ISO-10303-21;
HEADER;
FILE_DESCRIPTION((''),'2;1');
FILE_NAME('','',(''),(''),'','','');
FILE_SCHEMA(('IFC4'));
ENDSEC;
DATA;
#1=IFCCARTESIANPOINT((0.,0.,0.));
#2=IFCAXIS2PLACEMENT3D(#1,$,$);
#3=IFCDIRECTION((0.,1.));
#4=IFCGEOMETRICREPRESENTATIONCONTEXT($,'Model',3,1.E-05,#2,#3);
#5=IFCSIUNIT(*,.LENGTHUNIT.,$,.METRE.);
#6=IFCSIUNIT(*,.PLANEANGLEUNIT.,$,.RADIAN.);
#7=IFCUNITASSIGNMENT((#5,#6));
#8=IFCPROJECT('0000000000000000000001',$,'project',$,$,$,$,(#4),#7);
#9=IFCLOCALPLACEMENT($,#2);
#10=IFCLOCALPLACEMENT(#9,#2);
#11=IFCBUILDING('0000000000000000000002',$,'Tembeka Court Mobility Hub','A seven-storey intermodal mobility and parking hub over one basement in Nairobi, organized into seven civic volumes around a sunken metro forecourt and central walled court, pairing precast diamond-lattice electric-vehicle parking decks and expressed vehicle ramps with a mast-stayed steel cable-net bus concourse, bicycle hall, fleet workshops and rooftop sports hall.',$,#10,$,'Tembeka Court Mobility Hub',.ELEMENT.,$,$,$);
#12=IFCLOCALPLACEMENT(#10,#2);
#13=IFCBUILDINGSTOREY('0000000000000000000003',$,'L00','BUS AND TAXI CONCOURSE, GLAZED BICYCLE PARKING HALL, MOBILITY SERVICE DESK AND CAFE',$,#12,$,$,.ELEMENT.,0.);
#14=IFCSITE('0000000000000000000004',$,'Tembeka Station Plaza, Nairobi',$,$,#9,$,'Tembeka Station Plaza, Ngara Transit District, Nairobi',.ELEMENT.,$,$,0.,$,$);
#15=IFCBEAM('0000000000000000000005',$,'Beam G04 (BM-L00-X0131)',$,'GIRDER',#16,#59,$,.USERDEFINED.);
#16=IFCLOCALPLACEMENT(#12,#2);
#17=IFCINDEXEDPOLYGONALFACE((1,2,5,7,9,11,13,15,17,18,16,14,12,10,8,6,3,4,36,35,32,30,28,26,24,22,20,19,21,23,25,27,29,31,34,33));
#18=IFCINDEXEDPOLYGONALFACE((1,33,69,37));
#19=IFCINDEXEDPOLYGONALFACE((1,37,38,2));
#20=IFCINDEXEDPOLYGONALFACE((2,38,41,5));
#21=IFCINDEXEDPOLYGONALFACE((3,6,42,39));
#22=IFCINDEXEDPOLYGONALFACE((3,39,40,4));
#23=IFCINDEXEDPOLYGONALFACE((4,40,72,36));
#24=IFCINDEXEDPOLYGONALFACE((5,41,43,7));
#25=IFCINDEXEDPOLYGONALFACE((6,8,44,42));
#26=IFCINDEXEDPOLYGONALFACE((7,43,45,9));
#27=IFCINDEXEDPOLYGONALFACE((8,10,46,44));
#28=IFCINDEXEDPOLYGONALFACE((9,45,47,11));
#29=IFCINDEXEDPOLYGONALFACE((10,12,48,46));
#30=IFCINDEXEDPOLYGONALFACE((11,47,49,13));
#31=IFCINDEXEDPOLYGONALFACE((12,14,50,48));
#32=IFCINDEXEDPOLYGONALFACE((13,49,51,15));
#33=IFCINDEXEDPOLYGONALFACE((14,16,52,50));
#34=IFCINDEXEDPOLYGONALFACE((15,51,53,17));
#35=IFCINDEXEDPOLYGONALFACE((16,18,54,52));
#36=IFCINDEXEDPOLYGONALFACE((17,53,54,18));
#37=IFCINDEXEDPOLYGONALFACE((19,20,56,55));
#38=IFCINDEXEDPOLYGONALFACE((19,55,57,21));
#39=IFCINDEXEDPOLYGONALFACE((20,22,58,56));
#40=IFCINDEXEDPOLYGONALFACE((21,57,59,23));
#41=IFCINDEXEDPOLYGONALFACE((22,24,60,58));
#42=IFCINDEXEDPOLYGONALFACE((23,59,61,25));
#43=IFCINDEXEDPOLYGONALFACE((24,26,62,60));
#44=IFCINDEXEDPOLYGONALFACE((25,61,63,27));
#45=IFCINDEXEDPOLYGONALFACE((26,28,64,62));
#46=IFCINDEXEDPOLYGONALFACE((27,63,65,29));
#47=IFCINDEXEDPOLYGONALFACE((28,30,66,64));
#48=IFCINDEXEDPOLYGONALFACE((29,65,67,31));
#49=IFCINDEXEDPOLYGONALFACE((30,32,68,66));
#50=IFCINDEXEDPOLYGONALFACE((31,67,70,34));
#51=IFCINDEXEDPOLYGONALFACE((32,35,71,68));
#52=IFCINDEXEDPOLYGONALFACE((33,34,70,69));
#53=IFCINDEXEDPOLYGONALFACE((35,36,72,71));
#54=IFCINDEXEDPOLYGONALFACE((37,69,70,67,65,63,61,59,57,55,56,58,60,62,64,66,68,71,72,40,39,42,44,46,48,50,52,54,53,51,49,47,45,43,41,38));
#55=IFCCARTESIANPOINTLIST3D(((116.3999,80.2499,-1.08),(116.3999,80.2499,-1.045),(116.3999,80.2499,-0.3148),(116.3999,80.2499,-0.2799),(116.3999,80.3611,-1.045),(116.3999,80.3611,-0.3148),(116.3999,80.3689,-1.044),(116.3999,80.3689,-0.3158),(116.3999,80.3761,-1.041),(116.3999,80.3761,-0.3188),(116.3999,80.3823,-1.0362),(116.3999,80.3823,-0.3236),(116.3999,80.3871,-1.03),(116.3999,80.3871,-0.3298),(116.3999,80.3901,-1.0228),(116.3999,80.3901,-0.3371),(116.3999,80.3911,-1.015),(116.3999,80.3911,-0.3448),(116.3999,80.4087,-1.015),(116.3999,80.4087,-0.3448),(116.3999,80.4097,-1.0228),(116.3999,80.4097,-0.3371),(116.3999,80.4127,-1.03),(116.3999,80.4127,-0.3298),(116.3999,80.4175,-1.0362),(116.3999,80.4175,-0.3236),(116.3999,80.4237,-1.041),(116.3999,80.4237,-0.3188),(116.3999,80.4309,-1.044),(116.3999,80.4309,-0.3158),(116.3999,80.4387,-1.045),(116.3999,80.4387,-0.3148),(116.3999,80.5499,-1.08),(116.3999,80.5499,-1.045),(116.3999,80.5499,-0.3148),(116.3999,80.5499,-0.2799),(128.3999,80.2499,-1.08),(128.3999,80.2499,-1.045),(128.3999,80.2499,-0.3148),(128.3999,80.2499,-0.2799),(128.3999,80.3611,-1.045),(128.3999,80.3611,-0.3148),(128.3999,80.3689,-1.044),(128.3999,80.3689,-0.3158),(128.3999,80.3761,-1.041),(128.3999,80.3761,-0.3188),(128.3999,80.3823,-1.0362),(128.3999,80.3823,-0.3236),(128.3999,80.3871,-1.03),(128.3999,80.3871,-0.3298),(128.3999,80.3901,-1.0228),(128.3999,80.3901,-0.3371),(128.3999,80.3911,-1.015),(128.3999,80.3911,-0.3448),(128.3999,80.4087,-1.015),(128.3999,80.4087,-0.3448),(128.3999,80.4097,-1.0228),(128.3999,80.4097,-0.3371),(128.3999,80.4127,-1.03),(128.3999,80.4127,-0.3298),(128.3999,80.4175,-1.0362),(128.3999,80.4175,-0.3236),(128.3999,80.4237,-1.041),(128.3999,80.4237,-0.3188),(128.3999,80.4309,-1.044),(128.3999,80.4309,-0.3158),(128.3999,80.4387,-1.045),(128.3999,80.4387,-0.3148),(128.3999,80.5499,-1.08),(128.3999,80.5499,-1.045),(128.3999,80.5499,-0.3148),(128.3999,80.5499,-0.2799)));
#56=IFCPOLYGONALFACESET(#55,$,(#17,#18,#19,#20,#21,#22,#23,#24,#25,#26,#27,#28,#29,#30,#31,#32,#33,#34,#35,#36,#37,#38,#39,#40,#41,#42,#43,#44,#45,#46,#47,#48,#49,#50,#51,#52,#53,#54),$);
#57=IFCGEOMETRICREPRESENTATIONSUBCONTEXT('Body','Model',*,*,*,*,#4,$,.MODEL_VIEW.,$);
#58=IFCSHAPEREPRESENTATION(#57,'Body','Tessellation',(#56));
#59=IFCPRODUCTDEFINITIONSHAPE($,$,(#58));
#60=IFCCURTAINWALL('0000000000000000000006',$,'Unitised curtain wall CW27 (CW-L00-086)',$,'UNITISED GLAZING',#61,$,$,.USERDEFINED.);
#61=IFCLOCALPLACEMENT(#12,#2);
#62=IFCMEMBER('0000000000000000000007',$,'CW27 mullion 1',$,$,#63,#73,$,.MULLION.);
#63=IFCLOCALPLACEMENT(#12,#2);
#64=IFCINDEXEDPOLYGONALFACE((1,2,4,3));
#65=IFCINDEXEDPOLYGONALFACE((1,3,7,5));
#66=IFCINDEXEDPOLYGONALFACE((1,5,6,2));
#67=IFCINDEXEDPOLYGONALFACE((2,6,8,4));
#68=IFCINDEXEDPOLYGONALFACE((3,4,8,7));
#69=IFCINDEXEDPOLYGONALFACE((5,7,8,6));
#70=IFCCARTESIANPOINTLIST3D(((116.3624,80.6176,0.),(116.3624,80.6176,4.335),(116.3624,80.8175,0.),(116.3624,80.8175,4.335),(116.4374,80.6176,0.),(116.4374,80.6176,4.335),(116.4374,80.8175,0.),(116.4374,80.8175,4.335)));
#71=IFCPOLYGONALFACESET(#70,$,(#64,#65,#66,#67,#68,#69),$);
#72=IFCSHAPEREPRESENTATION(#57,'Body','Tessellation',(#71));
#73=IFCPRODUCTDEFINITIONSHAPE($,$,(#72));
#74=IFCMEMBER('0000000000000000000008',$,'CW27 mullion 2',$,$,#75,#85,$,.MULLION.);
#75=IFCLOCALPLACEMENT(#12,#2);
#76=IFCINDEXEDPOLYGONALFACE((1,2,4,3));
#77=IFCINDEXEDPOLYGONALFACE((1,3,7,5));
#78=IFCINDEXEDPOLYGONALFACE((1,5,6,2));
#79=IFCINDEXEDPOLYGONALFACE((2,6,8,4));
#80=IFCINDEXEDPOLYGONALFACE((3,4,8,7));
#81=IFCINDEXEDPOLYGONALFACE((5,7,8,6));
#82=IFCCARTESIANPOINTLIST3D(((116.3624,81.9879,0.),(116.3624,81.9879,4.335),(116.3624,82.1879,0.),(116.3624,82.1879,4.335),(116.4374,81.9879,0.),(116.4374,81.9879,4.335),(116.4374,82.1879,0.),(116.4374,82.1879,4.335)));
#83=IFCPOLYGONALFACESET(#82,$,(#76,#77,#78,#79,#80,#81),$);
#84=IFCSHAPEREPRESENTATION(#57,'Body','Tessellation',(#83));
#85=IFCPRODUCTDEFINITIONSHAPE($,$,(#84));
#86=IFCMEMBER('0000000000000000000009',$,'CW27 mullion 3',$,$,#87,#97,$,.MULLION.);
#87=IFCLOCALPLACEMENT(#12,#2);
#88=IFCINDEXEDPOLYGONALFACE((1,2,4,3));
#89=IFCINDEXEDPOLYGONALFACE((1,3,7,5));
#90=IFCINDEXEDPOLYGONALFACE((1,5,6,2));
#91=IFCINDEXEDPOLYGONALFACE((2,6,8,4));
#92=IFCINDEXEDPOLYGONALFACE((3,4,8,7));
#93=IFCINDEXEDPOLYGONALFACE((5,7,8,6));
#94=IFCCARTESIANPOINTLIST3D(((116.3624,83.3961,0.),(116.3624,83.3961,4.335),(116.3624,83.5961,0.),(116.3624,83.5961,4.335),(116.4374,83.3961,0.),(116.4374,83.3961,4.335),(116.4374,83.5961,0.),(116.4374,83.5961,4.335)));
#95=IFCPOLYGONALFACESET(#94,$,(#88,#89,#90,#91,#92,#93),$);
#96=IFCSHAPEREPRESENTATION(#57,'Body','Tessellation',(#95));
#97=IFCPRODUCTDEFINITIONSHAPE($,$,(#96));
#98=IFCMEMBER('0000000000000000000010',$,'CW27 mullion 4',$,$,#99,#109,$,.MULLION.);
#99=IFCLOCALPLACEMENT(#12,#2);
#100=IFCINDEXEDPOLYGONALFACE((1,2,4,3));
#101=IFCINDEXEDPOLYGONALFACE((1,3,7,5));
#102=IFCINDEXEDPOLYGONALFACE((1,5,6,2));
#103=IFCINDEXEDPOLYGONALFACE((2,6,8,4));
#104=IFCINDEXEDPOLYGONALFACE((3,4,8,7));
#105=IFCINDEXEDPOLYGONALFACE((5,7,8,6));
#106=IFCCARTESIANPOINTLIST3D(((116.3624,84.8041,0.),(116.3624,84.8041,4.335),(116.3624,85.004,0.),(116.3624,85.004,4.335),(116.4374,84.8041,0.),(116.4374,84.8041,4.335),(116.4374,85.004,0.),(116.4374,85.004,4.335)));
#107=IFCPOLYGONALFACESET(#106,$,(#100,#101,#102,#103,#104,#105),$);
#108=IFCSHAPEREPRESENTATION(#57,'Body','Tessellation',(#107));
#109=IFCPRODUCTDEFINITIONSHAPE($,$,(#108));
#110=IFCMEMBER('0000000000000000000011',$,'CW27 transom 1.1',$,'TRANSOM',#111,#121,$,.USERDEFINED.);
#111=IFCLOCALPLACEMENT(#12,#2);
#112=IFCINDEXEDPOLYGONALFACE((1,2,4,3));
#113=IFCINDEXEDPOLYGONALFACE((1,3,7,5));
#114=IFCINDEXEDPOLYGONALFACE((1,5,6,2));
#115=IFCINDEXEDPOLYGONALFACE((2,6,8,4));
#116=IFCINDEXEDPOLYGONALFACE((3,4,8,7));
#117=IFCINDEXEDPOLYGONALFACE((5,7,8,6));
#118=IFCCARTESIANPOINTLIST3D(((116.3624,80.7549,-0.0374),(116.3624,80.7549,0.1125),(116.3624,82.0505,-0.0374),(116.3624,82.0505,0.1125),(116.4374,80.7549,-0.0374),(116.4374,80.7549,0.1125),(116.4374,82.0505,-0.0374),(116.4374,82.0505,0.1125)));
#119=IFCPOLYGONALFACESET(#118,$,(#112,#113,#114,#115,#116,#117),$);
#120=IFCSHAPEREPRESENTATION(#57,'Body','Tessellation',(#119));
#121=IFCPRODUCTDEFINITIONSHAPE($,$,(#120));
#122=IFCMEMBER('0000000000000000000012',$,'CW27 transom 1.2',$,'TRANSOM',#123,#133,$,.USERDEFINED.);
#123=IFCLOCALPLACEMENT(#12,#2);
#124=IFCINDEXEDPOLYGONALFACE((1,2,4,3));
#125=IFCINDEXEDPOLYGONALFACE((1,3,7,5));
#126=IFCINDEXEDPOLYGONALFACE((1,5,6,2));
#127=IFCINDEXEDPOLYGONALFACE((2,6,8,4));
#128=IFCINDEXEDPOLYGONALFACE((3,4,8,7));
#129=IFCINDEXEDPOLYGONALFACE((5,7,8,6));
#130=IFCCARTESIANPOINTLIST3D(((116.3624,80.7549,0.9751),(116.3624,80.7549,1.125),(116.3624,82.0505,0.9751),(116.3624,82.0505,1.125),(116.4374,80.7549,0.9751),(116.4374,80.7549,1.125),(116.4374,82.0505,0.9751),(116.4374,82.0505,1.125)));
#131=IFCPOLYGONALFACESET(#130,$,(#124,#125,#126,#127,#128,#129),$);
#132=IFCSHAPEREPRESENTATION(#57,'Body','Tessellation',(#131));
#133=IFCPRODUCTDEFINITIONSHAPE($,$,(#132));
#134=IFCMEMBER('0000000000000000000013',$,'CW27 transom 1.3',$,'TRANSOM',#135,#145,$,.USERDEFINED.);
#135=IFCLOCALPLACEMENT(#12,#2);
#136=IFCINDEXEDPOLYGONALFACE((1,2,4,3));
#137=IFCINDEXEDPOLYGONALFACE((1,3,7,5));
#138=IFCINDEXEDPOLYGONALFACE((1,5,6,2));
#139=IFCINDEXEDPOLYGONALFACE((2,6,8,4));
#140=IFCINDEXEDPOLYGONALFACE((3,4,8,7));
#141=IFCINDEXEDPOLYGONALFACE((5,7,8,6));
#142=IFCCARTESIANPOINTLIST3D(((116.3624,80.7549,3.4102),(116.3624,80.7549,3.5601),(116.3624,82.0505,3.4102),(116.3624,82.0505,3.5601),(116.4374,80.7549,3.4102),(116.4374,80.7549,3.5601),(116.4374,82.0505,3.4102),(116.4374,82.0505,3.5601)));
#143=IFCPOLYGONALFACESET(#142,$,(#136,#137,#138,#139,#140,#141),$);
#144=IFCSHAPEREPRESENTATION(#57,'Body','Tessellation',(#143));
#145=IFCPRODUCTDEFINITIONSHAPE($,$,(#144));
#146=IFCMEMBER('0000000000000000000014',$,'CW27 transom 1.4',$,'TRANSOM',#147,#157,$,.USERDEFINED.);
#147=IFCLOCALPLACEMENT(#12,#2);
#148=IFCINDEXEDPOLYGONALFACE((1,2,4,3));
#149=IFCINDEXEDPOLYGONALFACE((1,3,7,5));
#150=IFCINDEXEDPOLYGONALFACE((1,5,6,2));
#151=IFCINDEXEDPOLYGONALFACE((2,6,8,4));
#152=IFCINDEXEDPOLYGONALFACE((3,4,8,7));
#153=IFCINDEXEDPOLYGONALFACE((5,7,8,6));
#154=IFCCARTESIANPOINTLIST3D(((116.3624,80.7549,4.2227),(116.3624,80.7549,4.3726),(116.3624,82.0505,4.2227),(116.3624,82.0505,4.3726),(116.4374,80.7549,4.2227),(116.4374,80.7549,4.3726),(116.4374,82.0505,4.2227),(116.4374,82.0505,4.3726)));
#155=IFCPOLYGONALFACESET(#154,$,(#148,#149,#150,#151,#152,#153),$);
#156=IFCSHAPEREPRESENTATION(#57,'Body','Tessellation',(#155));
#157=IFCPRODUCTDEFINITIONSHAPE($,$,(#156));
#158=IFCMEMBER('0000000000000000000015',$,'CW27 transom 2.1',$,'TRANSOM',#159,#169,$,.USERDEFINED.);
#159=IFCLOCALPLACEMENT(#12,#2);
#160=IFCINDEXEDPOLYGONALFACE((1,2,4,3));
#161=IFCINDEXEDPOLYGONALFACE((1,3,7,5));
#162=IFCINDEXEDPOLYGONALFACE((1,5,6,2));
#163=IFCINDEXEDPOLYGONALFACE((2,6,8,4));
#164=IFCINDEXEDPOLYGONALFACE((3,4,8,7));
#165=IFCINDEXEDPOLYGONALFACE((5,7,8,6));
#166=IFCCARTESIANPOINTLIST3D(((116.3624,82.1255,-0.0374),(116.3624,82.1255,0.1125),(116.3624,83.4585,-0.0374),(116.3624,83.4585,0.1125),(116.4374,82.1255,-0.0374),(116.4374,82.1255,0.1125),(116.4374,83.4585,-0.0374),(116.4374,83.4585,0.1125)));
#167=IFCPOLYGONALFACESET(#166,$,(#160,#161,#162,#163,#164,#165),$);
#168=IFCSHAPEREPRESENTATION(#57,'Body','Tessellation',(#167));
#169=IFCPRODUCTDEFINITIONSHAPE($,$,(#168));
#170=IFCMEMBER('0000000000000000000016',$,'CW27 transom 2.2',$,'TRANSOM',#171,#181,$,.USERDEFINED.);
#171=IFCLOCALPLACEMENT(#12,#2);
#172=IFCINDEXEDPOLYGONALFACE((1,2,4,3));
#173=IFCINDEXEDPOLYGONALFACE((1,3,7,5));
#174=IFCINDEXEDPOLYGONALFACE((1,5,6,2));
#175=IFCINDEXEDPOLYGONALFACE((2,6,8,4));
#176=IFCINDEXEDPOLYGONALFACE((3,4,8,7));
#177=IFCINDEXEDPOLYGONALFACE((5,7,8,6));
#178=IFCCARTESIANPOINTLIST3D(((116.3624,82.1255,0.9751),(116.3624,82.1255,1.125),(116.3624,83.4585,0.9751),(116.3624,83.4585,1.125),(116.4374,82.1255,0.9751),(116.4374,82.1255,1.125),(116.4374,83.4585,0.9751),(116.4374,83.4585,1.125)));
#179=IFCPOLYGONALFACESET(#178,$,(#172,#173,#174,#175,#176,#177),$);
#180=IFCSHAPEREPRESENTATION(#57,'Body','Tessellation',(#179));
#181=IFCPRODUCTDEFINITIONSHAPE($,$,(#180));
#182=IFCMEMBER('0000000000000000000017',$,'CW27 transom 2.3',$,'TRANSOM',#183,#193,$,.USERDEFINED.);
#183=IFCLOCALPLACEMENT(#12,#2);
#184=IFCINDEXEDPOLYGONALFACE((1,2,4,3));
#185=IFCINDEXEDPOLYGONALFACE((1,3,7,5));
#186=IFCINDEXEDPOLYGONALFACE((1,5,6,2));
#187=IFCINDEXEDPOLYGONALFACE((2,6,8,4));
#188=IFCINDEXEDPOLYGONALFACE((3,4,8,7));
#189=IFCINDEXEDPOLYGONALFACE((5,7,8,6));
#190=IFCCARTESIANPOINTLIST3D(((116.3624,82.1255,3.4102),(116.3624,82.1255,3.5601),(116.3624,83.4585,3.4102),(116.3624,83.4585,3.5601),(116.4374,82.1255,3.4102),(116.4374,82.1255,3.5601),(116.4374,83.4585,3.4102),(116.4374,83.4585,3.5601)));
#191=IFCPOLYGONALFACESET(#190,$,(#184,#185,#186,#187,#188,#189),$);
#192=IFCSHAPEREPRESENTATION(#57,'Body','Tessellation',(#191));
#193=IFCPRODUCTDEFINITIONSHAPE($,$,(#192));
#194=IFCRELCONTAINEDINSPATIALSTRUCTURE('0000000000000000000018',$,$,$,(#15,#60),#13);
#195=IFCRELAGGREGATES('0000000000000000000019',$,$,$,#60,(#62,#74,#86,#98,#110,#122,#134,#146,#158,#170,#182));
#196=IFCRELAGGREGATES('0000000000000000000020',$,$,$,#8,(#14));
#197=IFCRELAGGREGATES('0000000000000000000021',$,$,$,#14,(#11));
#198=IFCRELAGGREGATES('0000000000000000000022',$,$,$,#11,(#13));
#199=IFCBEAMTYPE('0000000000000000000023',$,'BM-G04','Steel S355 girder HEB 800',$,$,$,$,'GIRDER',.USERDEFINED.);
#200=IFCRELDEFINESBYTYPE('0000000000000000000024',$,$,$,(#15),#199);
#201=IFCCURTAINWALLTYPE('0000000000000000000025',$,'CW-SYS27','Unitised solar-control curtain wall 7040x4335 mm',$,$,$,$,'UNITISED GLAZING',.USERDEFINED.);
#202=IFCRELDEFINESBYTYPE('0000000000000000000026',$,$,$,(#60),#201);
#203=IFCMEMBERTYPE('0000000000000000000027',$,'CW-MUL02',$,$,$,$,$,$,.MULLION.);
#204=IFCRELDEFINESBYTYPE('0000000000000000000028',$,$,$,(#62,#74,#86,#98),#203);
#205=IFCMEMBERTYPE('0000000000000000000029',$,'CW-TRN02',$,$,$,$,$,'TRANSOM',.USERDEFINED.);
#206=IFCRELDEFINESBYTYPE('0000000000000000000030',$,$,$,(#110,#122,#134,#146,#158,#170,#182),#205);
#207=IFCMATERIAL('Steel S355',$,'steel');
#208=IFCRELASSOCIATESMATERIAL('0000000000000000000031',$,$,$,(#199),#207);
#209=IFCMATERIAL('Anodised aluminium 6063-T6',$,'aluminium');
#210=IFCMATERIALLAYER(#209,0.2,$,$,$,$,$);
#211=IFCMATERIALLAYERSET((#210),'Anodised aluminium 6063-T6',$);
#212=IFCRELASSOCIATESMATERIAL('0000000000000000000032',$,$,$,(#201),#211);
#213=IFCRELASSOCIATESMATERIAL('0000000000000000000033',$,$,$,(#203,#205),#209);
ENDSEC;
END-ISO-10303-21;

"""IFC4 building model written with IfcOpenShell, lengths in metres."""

from ifc_helpers import new_model, si_unit, direction, frame, origin, origin_2d, place, context, subcontext, project, spatial, rectangle, i_section, extrude, material, layer, layer_set, material_profile, profile_set, type_object, element, aggregate, save


model = new_model("IFC4")

# Units and contexts
model_context = context("Model", 3, precision=1e-05, world=origin(), true_north=direction((0.0, 1.0)))
body_context = subcontext(model_context, "Body", "Model", "MODEL_VIEW")
ifc_project = project(units=[si_unit("LENGTHUNIT", "METRE"), si_unit("PLANEANGLEUNIT", "RADIAN")], contexts=[model_context])

# Site, building, storey
site_placement = place(None, origin())
site = spatial("IfcSite", under=ifc_project, at=site_placement, Name="Tembeka Station Plaza, Nairobi", LongName="Tembeka Station Plaza, Ngara Transit District, Nairobi", CompositionType="ELEMENT", RefElevation=0.0)
building_placement = place(site_placement, origin())
building = spatial("IfcBuilding", under=site, at=building_placement, Name="Tembeka Court Mobility Hub", Description="A seven-storey intermodal mobility and parking hub over one basement in Nairobi, organized into seven civic volumes around a sunken metro forecourt and central walled court, pairing precast diamond-lattice electric-vehicle parking decks and expressed vehicle ramps with a mast-stayed steel cable-net bus concourse, bicycle hall, fleet workshops and rooftop sports hall.", LongName="Tembeka Court Mobility Hub", CompositionType="ELEMENT")
storey_placement = place(building_placement, origin())
storey = spatial("IfcBuildingStorey", under=building, at=storey_placement, Name="L00", Description="BUS AND TAXI CONCOURSE, GLAZED BICYCLE PARKING HALL, MOBILITY SERVICE DESK AND CAFE", CompositionType="ELEMENT", Elevation=0.0)

# Shared definitions
ifc_material_1 = material(Name="Steel S355", Category="steel")

# Beam
ifc_material_profile_1 = material_profile(ifc_material_1, i_section(OverallWidth=0.3, OverallDepth=0.8, WebThickness=0.0176, FlangeThickness=0.0349, FilletRadius=0.03, at=origin_2d()), Name="HEB 800")
ifc_profile_set_1 = profile_set([ifc_material_profile_1], Name="Steel S355")
beam_type_1 = type_object("IfcBeamType", Name="BM-G04", Description="Steel S355 girder HEB 800", ElementType="GIRDER", PredefinedType="USERDEFINED", material=ifc_profile_set_1)
beam_1_placement = place(storey_placement, frame((116.3999, 80.3999, -0.6799), z_axis=(1.0, 0.0, 0.0), x_axis=(0.0, 1.0, 0.0)))
element("IfcBeam", 1, at=beam_1_placement, inside=storey, type_object=beam_type_1, Name="Beam G04 (BM-L00-X0131)", ObjectType="GIRDER", PredefinedType="USERDEFINED", context=body_context, shape_type="SweptSolid", body=[
    extrude(i_section(OverallWidth=0.3, OverallDepth=0.8, WebThickness=0.0176, FlangeThickness=0.0349, FilletRadius=0.03, at=origin_2d()), origin(), (0.0, 0.0, 1.0), 12.0),
])

# Curtain wall, members
ifc_material_2 = material(Name="Anodised aluminium 6063-T6", Category="aluminium")
ifc_layer_1 = layer(ifc_material_2, 0.2)
ifc_layer_set_1 = layer_set([ifc_layer_1], Name="Anodised aluminium 6063-T6")
curtain_wall_type = type_object("IfcCurtainWallType", Name="CW-SYS27", Description="Unitised solar-control curtain wall 7040x4335 mm", ElementType="UNITISED GLAZING", PredefinedType="USERDEFINED", material=ifc_layer_set_1)
curtain_wall_placement = place(storey_placement, origin())
curtain_wall = element("IfcCurtainWall", 2, at=curtain_wall_placement, inside=storey, type_object=curtain_wall_type, Name="Unitised curtain wall CW27 (CW-L00-086)", ObjectType="UNITISED GLAZING", PredefinedType="USERDEFINED")
ifc_material_profile_2 = material_profile(ifc_material_2, rectangle(XDim=0.075, YDim=0.2, at=origin_2d()), Name="ALU-MUL 75x200")
ifc_profile_set_2 = profile_set([ifc_material_profile_2], Name="Anodised aluminium 6063-T6")
member_type_1 = type_object("IfcMemberType", Name="CW-MUL02", PredefinedType="MULLION", material=ifc_profile_set_2)
member_1_placement = place(storey_placement, frame((116.3999, 80.7175, 0.0), z_axis=(0.0, 0.0, 1.0), x_axis=(-1.0, 0.0, 0.0)))
member_1 = element("IfcMember", 3, at=member_1_placement, type_object=member_type_1, Name="CW27 mullion 1", PredefinedType="MULLION", context=body_context, shape_type="SweptSolid", body=[
    extrude(rectangle(XDim=0.075, YDim=0.2, at=origin_2d()), origin(), (0.0, 0.0, 1.0), 4.335),
])
member_2_placement = place(storey_placement, frame((116.3999, 82.0879, 0.0), z_axis=(0.0, 0.0, 1.0), x_axis=(-1.0, 0.0, 0.0)))
member_2 = element("IfcMember", 4, at=member_2_placement, type_object=member_type_1, Name="CW27 mullion 2", PredefinedType="MULLION", context=body_context, shape_type="SweptSolid", body=[
    extrude(rectangle(XDim=0.075, YDim=0.2, at=origin_2d()), origin(), (0.0, 0.0, 1.0), 4.335),
])
member_3_placement = place(storey_placement, frame((116.3999, 83.4961, 0.0), z_axis=(0.0, 0.0, 1.0), x_axis=(-1.0, 0.0, 0.0)))
member_3 = element("IfcMember", 5, at=member_3_placement, type_object=member_type_1, Name="CW27 mullion 3", PredefinedType="MULLION", context=body_context, shape_type="SweptSolid", body=[
    extrude(rectangle(XDim=0.075, YDim=0.2, at=origin_2d()), origin(), (0.0, 0.0, 1.0), 4.335),
])
member_4_placement = place(storey_placement, frame((116.3999, 84.9041, 0.0), z_axis=(0.0, 0.0, 1.0), x_axis=(-1.0, 0.0, 0.0)))
member_4 = element("IfcMember", 6, at=member_4_placement, type_object=member_type_1, Name="CW27 mullion 4", PredefinedType="MULLION", context=body_context, shape_type="SweptSolid", body=[
    extrude(rectangle(XDim=0.075, YDim=0.2, at=origin_2d()), origin(), (0.0, 0.0, 1.0), 4.335),
])
ifc_material_profile_3 = material_profile(ifc_material_2, rectangle(XDim=0.075, YDim=0.1499, at=origin_2d()), Name="ALU-TRN 75x150")
ifc_profile_set_3 = profile_set([ifc_material_profile_3], Name="Anodised aluminium 6063-T6")
member_type_2 = type_object("IfcMemberType", Name="CW-TRN02", ElementType="TRANSOM", PredefinedType="USERDEFINED", material=ifc_profile_set_3)
member_5_placement = place(storey_placement, frame((116.3999, 80.7549, 0.0376), z_axis=(0.0, 1.0, 0.0), x_axis=(-1.0, 0.0, 0.0)))
member_5 = element("IfcMember", 7, at=member_5_placement, type_object=member_type_2, Name="CW27 transom 1.1", ObjectType="TRANSOM", PredefinedType="USERDEFINED", context=body_context, shape_type="SweptSolid", body=[
    extrude(rectangle(XDim=0.075, YDim=0.1499, at=origin_2d()), origin(), (0.0, 0.0, 1.0), 1.2957),
])
member_6_placement = place(storey_placement, frame((116.3999, 80.7549, 1.05), z_axis=(0.0, 1.0, 0.0), x_axis=(-1.0, 0.0, 0.0)))
member_6 = element("IfcMember", 8, at=member_6_placement, type_object=member_type_2, Name="CW27 transom 1.2", ObjectType="TRANSOM", PredefinedType="USERDEFINED", context=body_context, shape_type="SweptSolid", body=[
    extrude(rectangle(XDim=0.075, YDim=0.1499, at=origin_2d()), origin(), (0.0, 0.0, 1.0), 1.2957),
])
member_7_placement = place(storey_placement, frame((116.3999, 80.7549, 3.4851), z_axis=(0.0, 1.0, 0.0), x_axis=(-1.0, 0.0, 0.0)))
member_7 = element("IfcMember", 9, at=member_7_placement, type_object=member_type_2, Name="CW27 transom 1.3", ObjectType="TRANSOM", PredefinedType="USERDEFINED", context=body_context, shape_type="SweptSolid", body=[
    extrude(rectangle(XDim=0.075, YDim=0.1499, at=origin_2d()), origin(), (0.0, 0.0, 1.0), 1.2957),
])
member_8_placement = place(storey_placement, frame((116.3999, 80.7549, 4.2976), z_axis=(0.0, 1.0, 0.0), x_axis=(-1.0, 0.0, 0.0)))
member_8 = element("IfcMember", 10, at=member_8_placement, type_object=member_type_2, Name="CW27 transom 1.4", ObjectType="TRANSOM", PredefinedType="USERDEFINED", context=body_context, shape_type="SweptSolid", body=[
    extrude(rectangle(XDim=0.075, YDim=0.1499, at=origin_2d()), origin(), (0.0, 0.0, 1.0), 1.2957),
])
member_9_placement = place(storey_placement, frame((116.3999, 82.1255, 0.0376), z_axis=(0.0, 1.0, 0.0), x_axis=(-1.0, 0.0, 0.0)))
member_9 = element("IfcMember", 11, at=member_9_placement, type_object=member_type_2, Name="CW27 transom 2.1", ObjectType="TRANSOM", PredefinedType="USERDEFINED", context=body_context, shape_type="SweptSolid", body=[
    extrude(rectangle(XDim=0.075, YDim=0.1499, at=origin_2d()), origin(), (0.0, 0.0, 1.0), 1.333),
])
member_10_placement = place(storey_placement, frame((116.3999, 82.1255, 1.05), z_axis=(0.0, 1.0, 0.0), x_axis=(-1.0, 0.0, 0.0)))
member_10 = element("IfcMember", 12, at=member_10_placement, type_object=member_type_2, Name="CW27 transom 2.2", ObjectType="TRANSOM", PredefinedType="USERDEFINED", context=body_context, shape_type="SweptSolid", body=[
    extrude(rectangle(XDim=0.075, YDim=0.1499, at=origin_2d()), origin(), (0.0, 0.0, 1.0), 1.333),
])
member_11_placement = place(storey_placement, frame((116.3999, 82.1255, 3.4851), z_axis=(0.0, 1.0, 0.0), x_axis=(-1.0, 0.0, 0.0)))
member_11 = element("IfcMember", 13, at=member_11_placement, type_object=member_type_2, Name="CW27 transom 2.3", ObjectType="TRANSOM", PredefinedType="USERDEFINED", context=body_context, shape_type="SweptSolid", body=[
    extrude(rectangle(XDim=0.075, YDim=0.1499, at=origin_2d()), origin(), (0.0, 0.0, 1.0), 1.333),
])
aggregate(curtain_wall, [member_1, member_2, member_3, member_4, member_5, member_6, member_7, member_8, member_9, member_10, member_11])

save(model, "model.ifc")
